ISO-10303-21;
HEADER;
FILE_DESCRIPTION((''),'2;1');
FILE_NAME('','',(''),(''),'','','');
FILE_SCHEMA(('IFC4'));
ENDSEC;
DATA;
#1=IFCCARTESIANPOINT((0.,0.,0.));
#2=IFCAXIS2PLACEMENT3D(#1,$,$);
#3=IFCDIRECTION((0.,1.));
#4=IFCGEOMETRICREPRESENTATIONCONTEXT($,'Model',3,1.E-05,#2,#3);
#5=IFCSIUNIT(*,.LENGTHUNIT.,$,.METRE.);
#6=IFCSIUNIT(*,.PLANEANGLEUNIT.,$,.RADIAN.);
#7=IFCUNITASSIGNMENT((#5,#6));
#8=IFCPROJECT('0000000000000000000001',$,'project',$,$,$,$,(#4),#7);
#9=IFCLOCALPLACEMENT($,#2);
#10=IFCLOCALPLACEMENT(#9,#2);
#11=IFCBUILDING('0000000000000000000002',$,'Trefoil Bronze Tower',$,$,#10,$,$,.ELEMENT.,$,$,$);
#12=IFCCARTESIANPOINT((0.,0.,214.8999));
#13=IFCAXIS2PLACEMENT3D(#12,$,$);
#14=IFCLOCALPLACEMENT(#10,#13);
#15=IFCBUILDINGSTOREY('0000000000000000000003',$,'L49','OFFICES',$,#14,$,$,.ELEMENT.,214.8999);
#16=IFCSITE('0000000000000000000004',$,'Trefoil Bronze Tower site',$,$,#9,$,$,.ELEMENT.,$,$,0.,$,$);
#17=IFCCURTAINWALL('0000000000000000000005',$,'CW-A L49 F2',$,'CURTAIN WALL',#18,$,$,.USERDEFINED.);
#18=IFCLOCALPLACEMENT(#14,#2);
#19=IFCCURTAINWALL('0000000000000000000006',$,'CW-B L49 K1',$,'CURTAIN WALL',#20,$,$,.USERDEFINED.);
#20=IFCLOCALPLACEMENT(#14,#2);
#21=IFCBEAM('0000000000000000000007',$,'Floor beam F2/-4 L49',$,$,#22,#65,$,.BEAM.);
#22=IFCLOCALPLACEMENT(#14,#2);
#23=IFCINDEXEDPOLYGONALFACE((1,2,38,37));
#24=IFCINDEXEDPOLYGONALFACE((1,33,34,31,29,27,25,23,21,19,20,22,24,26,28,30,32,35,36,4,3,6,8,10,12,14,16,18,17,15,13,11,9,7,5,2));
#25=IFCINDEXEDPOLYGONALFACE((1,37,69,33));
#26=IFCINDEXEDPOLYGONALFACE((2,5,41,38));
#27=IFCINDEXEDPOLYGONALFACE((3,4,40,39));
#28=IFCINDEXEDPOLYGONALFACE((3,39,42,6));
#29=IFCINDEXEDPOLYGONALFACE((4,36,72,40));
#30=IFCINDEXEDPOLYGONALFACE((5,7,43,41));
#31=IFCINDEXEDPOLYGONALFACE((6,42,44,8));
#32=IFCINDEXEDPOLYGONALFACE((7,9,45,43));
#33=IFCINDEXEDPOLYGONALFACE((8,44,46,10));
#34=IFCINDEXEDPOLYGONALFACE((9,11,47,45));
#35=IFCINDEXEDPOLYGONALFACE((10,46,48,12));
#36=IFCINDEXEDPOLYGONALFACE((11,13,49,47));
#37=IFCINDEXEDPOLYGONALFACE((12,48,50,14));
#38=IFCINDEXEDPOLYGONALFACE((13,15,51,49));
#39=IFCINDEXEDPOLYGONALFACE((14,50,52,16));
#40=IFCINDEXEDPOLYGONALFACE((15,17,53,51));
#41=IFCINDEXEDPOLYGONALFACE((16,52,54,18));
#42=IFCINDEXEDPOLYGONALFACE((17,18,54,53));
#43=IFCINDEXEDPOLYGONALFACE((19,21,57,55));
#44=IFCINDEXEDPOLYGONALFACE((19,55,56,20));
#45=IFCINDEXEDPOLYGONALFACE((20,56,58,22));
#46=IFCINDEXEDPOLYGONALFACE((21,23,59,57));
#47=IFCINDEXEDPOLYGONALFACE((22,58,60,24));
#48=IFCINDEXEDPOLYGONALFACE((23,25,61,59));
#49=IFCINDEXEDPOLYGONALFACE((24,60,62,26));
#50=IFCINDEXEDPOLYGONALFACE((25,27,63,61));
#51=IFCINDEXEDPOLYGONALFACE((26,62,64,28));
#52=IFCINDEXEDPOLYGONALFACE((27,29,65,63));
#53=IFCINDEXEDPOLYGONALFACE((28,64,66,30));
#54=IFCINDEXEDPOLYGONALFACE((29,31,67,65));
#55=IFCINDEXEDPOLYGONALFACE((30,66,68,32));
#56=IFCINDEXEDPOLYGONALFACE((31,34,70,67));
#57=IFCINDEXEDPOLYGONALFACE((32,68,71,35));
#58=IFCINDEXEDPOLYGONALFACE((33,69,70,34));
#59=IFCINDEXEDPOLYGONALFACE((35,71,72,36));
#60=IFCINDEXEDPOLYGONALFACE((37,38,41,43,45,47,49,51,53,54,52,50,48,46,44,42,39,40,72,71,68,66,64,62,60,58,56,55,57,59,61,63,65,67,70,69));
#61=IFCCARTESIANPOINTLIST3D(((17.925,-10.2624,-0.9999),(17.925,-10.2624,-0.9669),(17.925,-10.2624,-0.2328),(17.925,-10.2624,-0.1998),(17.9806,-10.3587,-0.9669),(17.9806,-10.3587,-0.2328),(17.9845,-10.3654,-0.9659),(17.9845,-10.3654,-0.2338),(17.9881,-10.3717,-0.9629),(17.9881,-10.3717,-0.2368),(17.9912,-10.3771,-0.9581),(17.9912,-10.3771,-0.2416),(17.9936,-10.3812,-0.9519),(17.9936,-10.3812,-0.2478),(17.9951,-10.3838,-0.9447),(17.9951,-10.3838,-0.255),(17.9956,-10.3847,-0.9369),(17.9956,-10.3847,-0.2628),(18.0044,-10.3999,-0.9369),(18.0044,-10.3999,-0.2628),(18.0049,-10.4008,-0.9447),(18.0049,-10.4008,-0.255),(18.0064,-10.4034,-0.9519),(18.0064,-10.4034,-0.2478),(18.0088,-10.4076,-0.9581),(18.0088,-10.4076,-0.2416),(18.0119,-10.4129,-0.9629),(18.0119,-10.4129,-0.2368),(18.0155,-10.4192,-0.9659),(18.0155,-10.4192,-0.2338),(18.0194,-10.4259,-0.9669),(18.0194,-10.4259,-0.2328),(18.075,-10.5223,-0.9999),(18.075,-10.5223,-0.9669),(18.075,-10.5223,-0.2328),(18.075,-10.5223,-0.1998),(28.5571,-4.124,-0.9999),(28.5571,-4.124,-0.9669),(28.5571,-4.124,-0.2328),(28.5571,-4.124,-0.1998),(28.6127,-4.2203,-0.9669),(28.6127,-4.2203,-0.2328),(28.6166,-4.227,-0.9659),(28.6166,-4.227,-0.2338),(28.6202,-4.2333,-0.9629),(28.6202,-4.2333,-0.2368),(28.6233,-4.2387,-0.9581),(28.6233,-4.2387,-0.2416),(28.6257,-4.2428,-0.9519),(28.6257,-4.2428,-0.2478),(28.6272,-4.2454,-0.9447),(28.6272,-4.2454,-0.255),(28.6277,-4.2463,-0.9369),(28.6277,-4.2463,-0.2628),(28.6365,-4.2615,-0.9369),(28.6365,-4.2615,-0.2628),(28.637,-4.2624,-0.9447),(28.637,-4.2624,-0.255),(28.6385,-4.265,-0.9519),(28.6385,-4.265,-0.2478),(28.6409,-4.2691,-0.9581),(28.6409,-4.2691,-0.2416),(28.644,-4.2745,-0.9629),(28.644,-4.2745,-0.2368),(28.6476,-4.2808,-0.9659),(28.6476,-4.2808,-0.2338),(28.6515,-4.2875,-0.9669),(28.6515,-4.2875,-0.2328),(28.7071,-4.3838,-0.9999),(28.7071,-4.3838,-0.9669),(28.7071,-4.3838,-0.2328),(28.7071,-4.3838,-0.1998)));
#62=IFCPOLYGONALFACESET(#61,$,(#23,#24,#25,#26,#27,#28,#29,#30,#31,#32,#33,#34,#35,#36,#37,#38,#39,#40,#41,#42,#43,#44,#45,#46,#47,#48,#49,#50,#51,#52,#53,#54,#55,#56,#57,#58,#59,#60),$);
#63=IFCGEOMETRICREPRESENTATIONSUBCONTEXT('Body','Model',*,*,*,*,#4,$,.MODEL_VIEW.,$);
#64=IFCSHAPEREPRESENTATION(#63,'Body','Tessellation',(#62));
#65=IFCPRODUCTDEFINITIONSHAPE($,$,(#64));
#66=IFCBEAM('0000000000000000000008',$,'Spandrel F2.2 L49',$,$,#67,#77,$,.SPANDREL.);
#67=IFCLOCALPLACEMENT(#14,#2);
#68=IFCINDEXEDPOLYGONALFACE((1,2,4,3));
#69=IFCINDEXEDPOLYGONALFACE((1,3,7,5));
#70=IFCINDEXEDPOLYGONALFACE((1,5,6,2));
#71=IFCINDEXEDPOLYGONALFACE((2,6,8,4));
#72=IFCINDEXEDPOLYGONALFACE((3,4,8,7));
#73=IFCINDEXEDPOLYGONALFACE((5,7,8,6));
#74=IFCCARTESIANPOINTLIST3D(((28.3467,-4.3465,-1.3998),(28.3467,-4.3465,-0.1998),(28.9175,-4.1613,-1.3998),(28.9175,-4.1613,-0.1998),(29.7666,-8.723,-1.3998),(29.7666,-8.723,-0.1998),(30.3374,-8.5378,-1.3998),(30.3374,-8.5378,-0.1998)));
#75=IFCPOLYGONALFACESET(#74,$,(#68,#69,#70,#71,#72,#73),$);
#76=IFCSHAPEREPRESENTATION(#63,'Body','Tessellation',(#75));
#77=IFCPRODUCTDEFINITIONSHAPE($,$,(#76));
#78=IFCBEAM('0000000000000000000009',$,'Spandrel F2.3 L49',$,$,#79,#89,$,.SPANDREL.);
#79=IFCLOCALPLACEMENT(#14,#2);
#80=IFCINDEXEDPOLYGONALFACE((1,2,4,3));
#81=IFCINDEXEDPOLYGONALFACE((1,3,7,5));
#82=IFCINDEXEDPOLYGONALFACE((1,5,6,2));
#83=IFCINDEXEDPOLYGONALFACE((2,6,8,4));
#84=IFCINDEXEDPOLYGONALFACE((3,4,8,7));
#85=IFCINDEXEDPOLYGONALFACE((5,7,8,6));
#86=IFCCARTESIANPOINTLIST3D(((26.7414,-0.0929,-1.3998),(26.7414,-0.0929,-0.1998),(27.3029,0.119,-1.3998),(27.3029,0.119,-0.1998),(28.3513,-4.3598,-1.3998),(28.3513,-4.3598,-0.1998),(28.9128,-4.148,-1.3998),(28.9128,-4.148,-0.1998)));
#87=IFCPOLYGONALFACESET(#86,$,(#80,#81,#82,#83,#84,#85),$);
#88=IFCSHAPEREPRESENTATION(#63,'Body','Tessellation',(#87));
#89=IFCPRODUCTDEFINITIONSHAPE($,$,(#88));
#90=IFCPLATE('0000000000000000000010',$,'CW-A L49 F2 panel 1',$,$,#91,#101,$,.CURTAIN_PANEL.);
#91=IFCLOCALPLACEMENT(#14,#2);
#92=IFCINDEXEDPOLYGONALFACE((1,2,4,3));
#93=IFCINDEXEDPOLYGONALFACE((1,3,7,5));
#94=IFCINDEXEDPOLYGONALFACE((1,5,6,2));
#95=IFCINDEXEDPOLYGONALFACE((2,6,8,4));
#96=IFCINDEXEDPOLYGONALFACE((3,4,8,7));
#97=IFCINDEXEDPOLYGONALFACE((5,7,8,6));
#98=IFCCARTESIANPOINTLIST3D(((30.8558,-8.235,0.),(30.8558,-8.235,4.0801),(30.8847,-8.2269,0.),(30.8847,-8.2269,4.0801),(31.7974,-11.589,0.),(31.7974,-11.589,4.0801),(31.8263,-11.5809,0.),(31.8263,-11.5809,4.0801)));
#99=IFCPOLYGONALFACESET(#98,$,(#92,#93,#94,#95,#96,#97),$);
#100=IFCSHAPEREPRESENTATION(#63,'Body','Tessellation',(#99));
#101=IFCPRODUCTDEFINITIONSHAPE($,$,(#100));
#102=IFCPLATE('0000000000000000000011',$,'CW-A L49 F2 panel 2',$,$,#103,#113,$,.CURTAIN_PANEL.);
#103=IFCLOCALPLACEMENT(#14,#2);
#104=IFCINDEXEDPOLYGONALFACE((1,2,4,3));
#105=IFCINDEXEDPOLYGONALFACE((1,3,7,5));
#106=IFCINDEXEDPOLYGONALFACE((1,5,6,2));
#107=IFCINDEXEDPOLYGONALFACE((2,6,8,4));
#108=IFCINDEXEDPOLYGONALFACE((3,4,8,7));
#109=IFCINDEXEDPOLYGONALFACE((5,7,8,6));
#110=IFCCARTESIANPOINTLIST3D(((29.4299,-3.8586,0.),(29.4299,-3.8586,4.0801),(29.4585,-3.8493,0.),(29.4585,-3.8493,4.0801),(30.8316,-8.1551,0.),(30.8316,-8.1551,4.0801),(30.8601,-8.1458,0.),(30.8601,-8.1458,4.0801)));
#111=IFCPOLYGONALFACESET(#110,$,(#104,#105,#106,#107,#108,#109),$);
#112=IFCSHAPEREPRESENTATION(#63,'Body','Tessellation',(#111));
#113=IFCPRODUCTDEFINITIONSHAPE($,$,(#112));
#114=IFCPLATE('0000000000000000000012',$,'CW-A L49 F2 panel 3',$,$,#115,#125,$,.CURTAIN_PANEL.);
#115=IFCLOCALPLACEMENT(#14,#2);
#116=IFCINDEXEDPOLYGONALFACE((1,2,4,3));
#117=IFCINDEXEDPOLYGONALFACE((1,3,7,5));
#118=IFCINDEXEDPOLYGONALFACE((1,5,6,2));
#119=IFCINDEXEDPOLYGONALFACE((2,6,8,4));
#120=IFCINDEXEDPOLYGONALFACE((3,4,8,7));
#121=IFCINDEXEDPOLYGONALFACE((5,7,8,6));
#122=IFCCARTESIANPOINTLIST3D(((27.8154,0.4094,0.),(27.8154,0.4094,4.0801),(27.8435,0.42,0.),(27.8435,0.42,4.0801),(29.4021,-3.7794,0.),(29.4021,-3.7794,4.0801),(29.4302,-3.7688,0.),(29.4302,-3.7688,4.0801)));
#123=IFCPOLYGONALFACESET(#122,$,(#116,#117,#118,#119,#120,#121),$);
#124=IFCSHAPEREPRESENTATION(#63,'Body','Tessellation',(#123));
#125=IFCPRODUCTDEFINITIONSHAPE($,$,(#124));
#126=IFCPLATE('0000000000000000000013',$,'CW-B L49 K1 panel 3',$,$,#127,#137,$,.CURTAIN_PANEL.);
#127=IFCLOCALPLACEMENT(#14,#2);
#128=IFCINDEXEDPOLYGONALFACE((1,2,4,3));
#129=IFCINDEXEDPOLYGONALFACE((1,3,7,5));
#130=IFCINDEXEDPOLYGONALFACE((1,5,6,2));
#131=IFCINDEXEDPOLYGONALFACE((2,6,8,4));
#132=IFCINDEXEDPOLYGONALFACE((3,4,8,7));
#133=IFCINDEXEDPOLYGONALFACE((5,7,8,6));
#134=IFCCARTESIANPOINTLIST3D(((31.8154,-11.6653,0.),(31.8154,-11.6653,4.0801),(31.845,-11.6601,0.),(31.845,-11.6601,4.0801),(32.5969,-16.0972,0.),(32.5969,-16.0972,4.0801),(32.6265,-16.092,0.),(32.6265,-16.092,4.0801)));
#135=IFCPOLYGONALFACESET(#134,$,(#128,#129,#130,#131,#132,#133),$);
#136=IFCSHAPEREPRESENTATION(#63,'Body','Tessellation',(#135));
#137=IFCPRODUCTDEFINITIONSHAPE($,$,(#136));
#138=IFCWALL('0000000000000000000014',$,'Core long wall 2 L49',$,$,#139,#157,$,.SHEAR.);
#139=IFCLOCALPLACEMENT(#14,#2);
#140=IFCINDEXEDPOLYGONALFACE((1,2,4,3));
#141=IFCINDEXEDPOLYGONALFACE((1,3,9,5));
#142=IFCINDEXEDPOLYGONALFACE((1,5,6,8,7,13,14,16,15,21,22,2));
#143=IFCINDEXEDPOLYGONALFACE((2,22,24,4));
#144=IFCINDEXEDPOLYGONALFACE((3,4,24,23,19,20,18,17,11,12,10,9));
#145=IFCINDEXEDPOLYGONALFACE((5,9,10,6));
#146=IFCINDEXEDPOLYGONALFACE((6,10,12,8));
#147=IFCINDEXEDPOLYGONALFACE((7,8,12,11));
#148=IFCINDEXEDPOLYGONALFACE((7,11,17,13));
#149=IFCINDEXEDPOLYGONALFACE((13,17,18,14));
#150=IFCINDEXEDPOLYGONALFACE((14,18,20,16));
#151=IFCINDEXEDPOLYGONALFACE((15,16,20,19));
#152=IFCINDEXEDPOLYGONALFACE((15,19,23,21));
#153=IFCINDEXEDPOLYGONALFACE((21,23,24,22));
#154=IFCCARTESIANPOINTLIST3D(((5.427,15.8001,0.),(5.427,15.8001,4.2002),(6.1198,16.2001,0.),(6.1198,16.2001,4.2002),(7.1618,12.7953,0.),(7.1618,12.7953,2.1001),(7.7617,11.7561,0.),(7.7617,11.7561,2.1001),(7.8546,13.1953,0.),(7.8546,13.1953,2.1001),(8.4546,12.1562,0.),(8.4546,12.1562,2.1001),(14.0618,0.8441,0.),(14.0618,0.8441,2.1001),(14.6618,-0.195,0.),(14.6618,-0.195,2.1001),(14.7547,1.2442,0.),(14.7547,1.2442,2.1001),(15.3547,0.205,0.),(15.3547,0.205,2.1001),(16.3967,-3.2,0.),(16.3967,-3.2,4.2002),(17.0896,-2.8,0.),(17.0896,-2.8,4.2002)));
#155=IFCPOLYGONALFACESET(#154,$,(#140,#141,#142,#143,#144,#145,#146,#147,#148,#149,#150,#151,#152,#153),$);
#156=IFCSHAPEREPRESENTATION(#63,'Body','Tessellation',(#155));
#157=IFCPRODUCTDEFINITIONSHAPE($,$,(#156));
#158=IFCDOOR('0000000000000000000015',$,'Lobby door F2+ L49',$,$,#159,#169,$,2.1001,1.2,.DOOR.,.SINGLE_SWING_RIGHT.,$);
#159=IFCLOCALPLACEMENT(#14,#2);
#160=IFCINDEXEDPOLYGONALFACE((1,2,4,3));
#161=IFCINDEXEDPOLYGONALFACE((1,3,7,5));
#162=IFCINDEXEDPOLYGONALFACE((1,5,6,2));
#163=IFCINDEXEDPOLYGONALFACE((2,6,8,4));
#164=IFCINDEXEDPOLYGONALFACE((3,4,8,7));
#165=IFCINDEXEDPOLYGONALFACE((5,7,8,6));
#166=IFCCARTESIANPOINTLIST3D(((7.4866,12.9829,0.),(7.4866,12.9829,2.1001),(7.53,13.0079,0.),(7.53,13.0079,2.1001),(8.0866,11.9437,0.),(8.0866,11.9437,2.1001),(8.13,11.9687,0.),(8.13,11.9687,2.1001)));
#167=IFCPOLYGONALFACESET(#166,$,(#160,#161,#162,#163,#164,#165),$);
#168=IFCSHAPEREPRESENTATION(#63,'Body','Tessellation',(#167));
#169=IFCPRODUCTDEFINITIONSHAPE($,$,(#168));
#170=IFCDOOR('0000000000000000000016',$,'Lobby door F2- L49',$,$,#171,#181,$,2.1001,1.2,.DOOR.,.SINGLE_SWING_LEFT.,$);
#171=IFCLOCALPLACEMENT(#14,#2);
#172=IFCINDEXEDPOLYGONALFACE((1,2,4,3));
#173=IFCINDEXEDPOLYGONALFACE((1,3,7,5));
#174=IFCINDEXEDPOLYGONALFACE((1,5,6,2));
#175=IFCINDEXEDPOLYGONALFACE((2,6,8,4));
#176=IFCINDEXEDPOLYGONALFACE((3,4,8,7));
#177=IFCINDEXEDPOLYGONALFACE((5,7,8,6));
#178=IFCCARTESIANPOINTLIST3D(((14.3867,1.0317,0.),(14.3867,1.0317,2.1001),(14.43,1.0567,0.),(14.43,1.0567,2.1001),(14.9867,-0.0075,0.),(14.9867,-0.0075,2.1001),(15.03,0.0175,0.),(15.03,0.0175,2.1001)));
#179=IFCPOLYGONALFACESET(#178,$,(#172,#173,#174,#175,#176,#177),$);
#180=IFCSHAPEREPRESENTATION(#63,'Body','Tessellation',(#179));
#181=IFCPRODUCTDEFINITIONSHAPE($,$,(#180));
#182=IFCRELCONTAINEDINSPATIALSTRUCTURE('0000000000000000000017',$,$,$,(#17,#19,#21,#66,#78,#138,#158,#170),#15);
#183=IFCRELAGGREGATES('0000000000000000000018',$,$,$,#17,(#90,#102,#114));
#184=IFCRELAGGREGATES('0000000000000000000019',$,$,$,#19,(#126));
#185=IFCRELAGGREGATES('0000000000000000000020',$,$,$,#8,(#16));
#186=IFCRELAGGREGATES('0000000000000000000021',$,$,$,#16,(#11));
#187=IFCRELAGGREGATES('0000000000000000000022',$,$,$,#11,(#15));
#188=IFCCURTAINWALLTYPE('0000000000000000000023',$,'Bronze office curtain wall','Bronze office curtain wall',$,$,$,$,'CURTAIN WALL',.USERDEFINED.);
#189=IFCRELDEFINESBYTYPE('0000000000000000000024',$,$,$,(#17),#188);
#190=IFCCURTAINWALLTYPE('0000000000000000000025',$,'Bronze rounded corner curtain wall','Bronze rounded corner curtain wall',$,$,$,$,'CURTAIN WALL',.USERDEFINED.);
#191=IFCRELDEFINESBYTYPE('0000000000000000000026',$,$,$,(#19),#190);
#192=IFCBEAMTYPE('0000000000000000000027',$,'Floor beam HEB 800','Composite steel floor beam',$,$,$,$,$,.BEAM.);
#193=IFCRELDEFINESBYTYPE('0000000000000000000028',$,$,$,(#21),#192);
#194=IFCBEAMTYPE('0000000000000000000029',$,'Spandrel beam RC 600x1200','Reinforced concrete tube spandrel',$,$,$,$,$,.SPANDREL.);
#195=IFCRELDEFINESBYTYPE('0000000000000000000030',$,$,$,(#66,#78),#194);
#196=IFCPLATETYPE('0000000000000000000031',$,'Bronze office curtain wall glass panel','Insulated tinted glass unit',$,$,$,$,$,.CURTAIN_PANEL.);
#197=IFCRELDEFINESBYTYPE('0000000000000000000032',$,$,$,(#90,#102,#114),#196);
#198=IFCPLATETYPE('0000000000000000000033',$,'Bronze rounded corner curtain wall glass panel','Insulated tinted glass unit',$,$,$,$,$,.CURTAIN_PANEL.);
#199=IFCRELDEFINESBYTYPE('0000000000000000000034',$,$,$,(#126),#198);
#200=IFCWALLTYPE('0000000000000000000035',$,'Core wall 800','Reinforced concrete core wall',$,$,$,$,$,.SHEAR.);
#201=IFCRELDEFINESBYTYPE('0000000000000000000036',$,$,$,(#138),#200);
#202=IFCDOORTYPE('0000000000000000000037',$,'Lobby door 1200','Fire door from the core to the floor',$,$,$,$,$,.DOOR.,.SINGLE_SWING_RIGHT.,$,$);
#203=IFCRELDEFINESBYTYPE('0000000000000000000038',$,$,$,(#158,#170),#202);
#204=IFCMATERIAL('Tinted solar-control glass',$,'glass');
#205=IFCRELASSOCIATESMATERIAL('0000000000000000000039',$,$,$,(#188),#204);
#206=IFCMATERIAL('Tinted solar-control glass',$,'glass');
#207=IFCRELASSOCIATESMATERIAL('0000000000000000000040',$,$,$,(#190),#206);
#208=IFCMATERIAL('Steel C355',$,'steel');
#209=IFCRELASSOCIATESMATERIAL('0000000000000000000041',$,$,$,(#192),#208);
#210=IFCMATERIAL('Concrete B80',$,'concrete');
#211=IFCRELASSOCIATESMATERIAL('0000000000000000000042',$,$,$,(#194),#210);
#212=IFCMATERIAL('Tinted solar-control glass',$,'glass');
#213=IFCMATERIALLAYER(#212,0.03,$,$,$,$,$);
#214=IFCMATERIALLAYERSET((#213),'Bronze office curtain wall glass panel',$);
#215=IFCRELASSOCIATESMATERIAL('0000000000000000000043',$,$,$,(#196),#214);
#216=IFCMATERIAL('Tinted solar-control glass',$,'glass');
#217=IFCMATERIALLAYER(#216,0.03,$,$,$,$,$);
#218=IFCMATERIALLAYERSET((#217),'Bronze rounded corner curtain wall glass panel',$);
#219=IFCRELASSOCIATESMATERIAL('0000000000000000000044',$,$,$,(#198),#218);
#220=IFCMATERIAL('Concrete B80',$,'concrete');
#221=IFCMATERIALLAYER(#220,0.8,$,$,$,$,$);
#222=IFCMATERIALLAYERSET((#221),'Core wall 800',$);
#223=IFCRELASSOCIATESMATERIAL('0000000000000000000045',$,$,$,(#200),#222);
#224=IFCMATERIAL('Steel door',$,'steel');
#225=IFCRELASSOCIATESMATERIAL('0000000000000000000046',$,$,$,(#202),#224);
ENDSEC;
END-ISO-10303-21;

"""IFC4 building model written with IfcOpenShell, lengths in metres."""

from ifc_helpers import new_model, si_unit, direction, frame, frame_2d, origin, origin_2d, place, context, subcontext, project, spatial, rectangle, i_section, extrude, material, layer, layer_set, material_profile, profile_set, type_object, element, fill, aggregate, save


model = new_model("IFC4")

# Units and contexts
model_context = context("Model", 3, precision=1e-05, world=origin(), true_north=direction((0.0, 1.0)))
body_context = subcontext(model_context, "Body", "Model", "MODEL_VIEW")
ifc_project = project(units=[si_unit("LENGTHUNIT", "METRE"), si_unit("PLANEANGLEUNIT", "RADIAN")], contexts=[model_context])

# Site, building, storey
site_placement = place(None, origin())
site = spatial("IfcSite", under=ifc_project, at=site_placement, Name="Trefoil Bronze Tower site", CompositionType="ELEMENT", RefElevation=0.0)
building_placement = place(site_placement, origin())
building = spatial("IfcBuilding", under=site, at=building_placement, Name="Trefoil Bronze Tower", CompositionType="ELEMENT")
storey_placement = place(building_placement, frame((0.0, 0.0, 214.8999)))
storey = spatial("IfcBuildingStorey", under=building, at=storey_placement, Name="L49", Description="OFFICES", CompositionType="ELEMENT", Elevation=214.8999)

# Curtain walls
ifc_material_1 = material(Name="Tinted solar-control glass", Category="glass")
curtain_wall_type_1 = type_object("IfcCurtainWallType", Name="Bronze office curtain wall", Description="Bronze office curtain wall", ElementType="CURTAIN WALL", PredefinedType="USERDEFINED", material=ifc_material_1)
curtain_wall_1_placement = place(storey_placement, origin())
curtain_wall_1 = element("IfcCurtainWall", 1, at=curtain_wall_1_placement, inside=storey, type_object=curtain_wall_type_1, Name="CW-A L49 F2", ObjectType="CURTAIN WALL", PredefinedType="USERDEFINED")
ifc_material_2 = material(Name="Tinted solar-control glass", Category="glass")
curtain_wall_type_2 = type_object("IfcCurtainWallType", Name="Bronze rounded corner curtain wall", Description="Bronze rounded corner curtain wall", ElementType="CURTAIN WALL", PredefinedType="USERDEFINED", material=ifc_material_2)
curtain_wall_2_placement = place(storey_placement, origin())
curtain_wall_2 = element("IfcCurtainWall", 2, at=curtain_wall_2_placement, inside=storey, type_object=curtain_wall_type_2, Name="CW-B L49 K1", ObjectType="CURTAIN WALL", PredefinedType="USERDEFINED")

# Beams
ifc_material_3 = material(Name="Steel C355", Category="steel")
ifc_material_profile_1 = material_profile(ifc_material_3, i_section(OverallWidth=0.3, OverallDepth=0.8, WebThickness=0.0176, FlangeThickness=0.033, FilletRadius=0.03, at=origin_2d()), Name="HEB 800")
ifc_profile_set_1 = profile_set([ifc_material_profile_1], Name="Steel C355")
beam_type_1 = type_object("IfcBeamType", Name="Floor beam HEB 800", Description="Composite steel floor beam", PredefinedType="BEAM", material=ifc_profile_set_1)
beam_1_placement = place(storey_placement, frame((28.6321, -4.2539, -0.5999), z_axis=(-0.866026, -0.5, 0.0), x_axis=(0.5, -0.866026, 0.0)))
element("IfcBeam", 3, at=beam_1_placement, inside=storey, type_object=beam_type_1, Name="Floor beam F2/-4 L49", PredefinedType="BEAM", context=body_context, shape_type="SweptSolid", body=[
    extrude(i_section(OverallWidth=0.3, OverallDepth=0.8, WebThickness=0.0176, FlangeThickness=0.033, FilletRadius=0.03, at=origin_2d()), origin(), (0.0, 0.0, 1.0), 12.2769),
])
ifc_material_4 = material(Name="Concrete B80", Category="concrete")
ifc_material_profile_2 = material_profile(ifc_material_4, rectangle(XDim=0.6001, YDim=1.2, at=origin_2d()), Name="RC 600x1200")
ifc_profile_set_2 = profile_set([ifc_material_profile_2], Name="Concrete B80")
beam_type_2 = type_object("IfcBeamType", Name="Spandrel beam RC 600x1200", Description="Reinforced concrete tube spandrel", PredefinedType="SPANDREL", material=ifc_profile_set_2)
beam_2_placement = place(storey_placement, frame((30.052, -8.6304, -0.7998), z_axis=(-0.308609, 0.951189, 0.0), x_axis=(-0.951189, -0.308609, 0.0)))
element("IfcBeam", 4, at=beam_2_placement, inside=storey, type_object=beam_type_2, Name="Spandrel F2.2 L49", PredefinedType="SPANDREL", context=body_context, shape_type="SweptSolid", body=[
    extrude(rectangle(XDim=0.6001, YDim=1.2, at=origin_2d()), origin(), (0.0, 0.0, 1.0), 4.6011),
])
beam_3_placement = place(storey_placement, frame((28.6321, -4.2539, -0.7998), z_axis=(-0.353006, 0.935621, 0.0), x_axis=(-0.935621, -0.353006, 0.0)))
element("IfcBeam", 5, at=beam_3_placement, inside=storey, type_object=beam_type_2, Name="Spandrel F2.3 L49", PredefinedType="SPANDREL", context=body_context, shape_type="SweptSolid", body=[
    extrude(rectangle(XDim=0.6001, YDim=1.2, at=origin_2d()), origin(), (0.0, 0.0, 1.0), 4.5605),
])

# Plates
ifc_material_5 = material(Name="Tinted solar-control glass", Category="glass")
ifc_layer_1 = layer(ifc_material_5, 0.03)
ifc_layer_set_1 = layer_set([ifc_layer_1], Name="Bronze office curtain wall glass panel")
plate_type_1 = type_object("IfcPlateType", Name="Bronze office curtain wall glass panel", Description="Insulated tinted glass unit", PredefinedType="CURTAIN_PANEL", material=ifc_layer_set_1)
plate_1_placement = place(storey_placement, frame((31.3411, -9.908, 0.0), z_axis=(0.0, 0.0, 1.0), x_axis=(-0.270282, 0.962781, 0.0)))
plate_1 = element("IfcPlate", 6, at=plate_1_placement, type_object=plate_type_1, Name="CW-A L49 F2 panel 1", PredefinedType="CURTAIN_PANEL", context=body_context, shape_type="SweptSolid", body=[
    extrude(rectangle(XDim=3.4836, YDim=0.03, at=origin_2d()), origin(), (0.0, 0.0, 1.0), 4.0801),
])
plate_2_placement = place(storey_placement, frame((30.145, -6.0022, 0.0), z_axis=(0.0, 0.0, 1.0), x_axis=(-0.310149, 0.950688, 0.0)))
plate_2 = element("IfcPlate", 7, at=plate_2_placement, type_object=plate_type_1, Name="CW-A L49 F2 panel 2", PredefinedType="CURTAIN_PANEL", context=body_context, shape_type="SweptSolid", body=[
    extrude(rectangle(XDim=4.5193, YDim=0.03, at=origin_2d()), origin(), (0.0, 0.0, 1.0), 4.0801),
])
plate_3_placement = place(storey_placement, frame((28.6228, -1.6797, 0.0), z_axis=(0.0, 0.0, 1.0), x_axis=(-0.354234, 0.935157, 0.0)))
plate_3 = element("IfcPlate", 8, at=plate_3_placement, type_object=plate_type_1, Name="CW-A L49 F2 panel 3", PredefinedType="CURTAIN_PANEL", context=body_context, shape_type="SweptSolid", body=[
    extrude(rectangle(XDim=4.4792, YDim=0.03, at=origin_2d()), origin(), (0.0, 0.0, 1.0), 4.0801),
])
aggregate(curtain_wall_1, [plate_1, plate_2, plate_3])
ifc_material_6 = material(Name="Tinted solar-control glass", Category="glass")
ifc_layer_2 = layer(ifc_material_6, 0.03)
ifc_layer_set_2 = layer_set([ifc_layer_2], Name="Bronze rounded corner curtain wall glass panel")
plate_type_2 = type_object("IfcPlateType", Name="Bronze rounded corner curtain wall glass panel", Description="Insulated tinted glass unit", PredefinedType="CURTAIN_PANEL", material=ifc_layer_set_2)
plate_4_placement = place(storey_placement, frame((32.2209, -13.8787, 0.0), z_axis=(0.0, 0.0, 1.0), x_axis=(-0.173648, 0.984808, 0.0)))
plate_4 = element("IfcPlate", 9, at=plate_4_placement, type_object=plate_type_2, Name="CW-B L49 K1 panel 3", PredefinedType="CURTAIN_PANEL", context=body_context, shape_type="SweptSolid", body=[
    extrude(rectangle(XDim=4.5002, YDim=0.03, at=origin_2d()), origin(), (0.0, 0.0, 1.0), 4.0801),
])
aggregate(curtain_wall_2, [plate_4])

# Wall, openings, doors
ifc_material_7 = material(Name="Concrete B80", Category="concrete")
ifc_layer_3 = layer(ifc_material_7, 0.8)
ifc_layer_set_3 = layer_set([ifc_layer_3], Name="Core wall 800")
wall_type_1 = type_object("IfcWallType", Name="Core wall 800", Description="Reinforced concrete core wall", PredefinedType="SHEAR", material=ifc_layer_set_3)
wall_1_placement = place(storey_placement, frame((16.7432, -3.0, 0.0), z_axis=(0.0, 0.0, 1.0), x_axis=(-0.500002, 0.866024, 0.0)))
wall_1 = element("IfcWall", 10, at=wall_1_placement, inside=storey, type_object=wall_type_1, Name="Core long wall 2 L49", PredefinedType="SHEAR", context=body_context, shape_type="SweptSolid", body=[
    extrude(rectangle(XDim=21.9395, YDim=0.8, at=frame_2d((10.9697, 0.0))), origin(), (0.0, 0.0, 1.0), 4.2002),
])
opening_1_placement = place(wall_1_placement, frame((17.2698, 0.0, 0.0)))
opening_1 = element("IfcOpeningElement", 11, at=opening_1_placement, cuts=wall_1, PredefinedType="OPENING", context=body_context, shape_type="SweptSolid", body=[
    extrude(rectangle(XDim=1.2, YDim=2.1001, at=frame_2d((0.6001, 1.05))), frame((0.0, 0.4099, 0.0), z_axis=(0.0, -1.0, 0.0), x_axis=(1.0, 0.0, 0.0)), (0.0, 0.0, 1.0), 0.8201),
])
opening_2_placement = place(wall_1_placement, frame((3.4697, 0.0, 0.0)))
opening_2 = element("IfcOpeningElement", 12, at=opening_2_placement, cuts=wall_1, PredefinedType="OPENING", context=body_context, shape_type="SweptSolid", body=[
    extrude(rectangle(XDim=1.2, YDim=2.1001, at=frame_2d((0.6001, 1.05))), frame((0.0, 0.4099, 0.0), z_axis=(0.0, -1.0, 0.0), x_axis=(1.0, 0.0, 0.0)), (0.0, 0.0, 1.0), 0.8201),
])
ifc_material_8 = material(Name="Steel door", Category="steel")
door_type_1 = type_object("IfcDoorType", Name="Lobby door 1200", Description="Fire door from the core to the floor", OperationType="SINGLE_SWING_RIGHT", PredefinedType="DOOR", material=ifc_material_8)
door_1_placement = place(opening_1_placement, origin())
door_1 = element("IfcDoor", 13, at=door_1_placement, inside=storey, type_object=door_type_1, Name="Lobby door F2+ L49", OperationType="SINGLE_SWING_RIGHT", OverallHeight=2.1001, OverallWidth=1.2, PredefinedType="DOOR", context=body_context, shape_type="SweptSolid", body=[
    extrude(rectangle(XDim=1.2, YDim=2.1001, at=frame_2d((0.6001, 1.05))), frame((0.0, 0.0249, 0.0), z_axis=(0.0, -1.0, 0.0), x_axis=(1.0, 0.0, 0.0)), (0.0, 0.0, 1.0), 0.05),
])
fill(opening_1, door_1)
door_2_placement = place(opening_2_placement, origin())
door_2 = element("IfcDoor", 14, at=door_2_placement, inside=storey, type_object=door_type_1, Name="Lobby door F2- L49", OperationType="SINGLE_SWING_LEFT", OverallHeight=2.1001, OverallWidth=1.2, PredefinedType="DOOR", context=body_context, shape_type="SweptSolid", body=[
    extrude(rectangle(XDim=1.2, YDim=2.1001, at=frame_2d((0.6001, 1.05))), frame((0.0, 0.0249, 0.0), z_axis=(0.0, -1.0, 0.0), x_axis=(1.0, 0.0, 0.0)), (0.0, 0.0, 1.0), 0.05),
])
fill(opening_2, door_2)

save(model, "model.ifc")
